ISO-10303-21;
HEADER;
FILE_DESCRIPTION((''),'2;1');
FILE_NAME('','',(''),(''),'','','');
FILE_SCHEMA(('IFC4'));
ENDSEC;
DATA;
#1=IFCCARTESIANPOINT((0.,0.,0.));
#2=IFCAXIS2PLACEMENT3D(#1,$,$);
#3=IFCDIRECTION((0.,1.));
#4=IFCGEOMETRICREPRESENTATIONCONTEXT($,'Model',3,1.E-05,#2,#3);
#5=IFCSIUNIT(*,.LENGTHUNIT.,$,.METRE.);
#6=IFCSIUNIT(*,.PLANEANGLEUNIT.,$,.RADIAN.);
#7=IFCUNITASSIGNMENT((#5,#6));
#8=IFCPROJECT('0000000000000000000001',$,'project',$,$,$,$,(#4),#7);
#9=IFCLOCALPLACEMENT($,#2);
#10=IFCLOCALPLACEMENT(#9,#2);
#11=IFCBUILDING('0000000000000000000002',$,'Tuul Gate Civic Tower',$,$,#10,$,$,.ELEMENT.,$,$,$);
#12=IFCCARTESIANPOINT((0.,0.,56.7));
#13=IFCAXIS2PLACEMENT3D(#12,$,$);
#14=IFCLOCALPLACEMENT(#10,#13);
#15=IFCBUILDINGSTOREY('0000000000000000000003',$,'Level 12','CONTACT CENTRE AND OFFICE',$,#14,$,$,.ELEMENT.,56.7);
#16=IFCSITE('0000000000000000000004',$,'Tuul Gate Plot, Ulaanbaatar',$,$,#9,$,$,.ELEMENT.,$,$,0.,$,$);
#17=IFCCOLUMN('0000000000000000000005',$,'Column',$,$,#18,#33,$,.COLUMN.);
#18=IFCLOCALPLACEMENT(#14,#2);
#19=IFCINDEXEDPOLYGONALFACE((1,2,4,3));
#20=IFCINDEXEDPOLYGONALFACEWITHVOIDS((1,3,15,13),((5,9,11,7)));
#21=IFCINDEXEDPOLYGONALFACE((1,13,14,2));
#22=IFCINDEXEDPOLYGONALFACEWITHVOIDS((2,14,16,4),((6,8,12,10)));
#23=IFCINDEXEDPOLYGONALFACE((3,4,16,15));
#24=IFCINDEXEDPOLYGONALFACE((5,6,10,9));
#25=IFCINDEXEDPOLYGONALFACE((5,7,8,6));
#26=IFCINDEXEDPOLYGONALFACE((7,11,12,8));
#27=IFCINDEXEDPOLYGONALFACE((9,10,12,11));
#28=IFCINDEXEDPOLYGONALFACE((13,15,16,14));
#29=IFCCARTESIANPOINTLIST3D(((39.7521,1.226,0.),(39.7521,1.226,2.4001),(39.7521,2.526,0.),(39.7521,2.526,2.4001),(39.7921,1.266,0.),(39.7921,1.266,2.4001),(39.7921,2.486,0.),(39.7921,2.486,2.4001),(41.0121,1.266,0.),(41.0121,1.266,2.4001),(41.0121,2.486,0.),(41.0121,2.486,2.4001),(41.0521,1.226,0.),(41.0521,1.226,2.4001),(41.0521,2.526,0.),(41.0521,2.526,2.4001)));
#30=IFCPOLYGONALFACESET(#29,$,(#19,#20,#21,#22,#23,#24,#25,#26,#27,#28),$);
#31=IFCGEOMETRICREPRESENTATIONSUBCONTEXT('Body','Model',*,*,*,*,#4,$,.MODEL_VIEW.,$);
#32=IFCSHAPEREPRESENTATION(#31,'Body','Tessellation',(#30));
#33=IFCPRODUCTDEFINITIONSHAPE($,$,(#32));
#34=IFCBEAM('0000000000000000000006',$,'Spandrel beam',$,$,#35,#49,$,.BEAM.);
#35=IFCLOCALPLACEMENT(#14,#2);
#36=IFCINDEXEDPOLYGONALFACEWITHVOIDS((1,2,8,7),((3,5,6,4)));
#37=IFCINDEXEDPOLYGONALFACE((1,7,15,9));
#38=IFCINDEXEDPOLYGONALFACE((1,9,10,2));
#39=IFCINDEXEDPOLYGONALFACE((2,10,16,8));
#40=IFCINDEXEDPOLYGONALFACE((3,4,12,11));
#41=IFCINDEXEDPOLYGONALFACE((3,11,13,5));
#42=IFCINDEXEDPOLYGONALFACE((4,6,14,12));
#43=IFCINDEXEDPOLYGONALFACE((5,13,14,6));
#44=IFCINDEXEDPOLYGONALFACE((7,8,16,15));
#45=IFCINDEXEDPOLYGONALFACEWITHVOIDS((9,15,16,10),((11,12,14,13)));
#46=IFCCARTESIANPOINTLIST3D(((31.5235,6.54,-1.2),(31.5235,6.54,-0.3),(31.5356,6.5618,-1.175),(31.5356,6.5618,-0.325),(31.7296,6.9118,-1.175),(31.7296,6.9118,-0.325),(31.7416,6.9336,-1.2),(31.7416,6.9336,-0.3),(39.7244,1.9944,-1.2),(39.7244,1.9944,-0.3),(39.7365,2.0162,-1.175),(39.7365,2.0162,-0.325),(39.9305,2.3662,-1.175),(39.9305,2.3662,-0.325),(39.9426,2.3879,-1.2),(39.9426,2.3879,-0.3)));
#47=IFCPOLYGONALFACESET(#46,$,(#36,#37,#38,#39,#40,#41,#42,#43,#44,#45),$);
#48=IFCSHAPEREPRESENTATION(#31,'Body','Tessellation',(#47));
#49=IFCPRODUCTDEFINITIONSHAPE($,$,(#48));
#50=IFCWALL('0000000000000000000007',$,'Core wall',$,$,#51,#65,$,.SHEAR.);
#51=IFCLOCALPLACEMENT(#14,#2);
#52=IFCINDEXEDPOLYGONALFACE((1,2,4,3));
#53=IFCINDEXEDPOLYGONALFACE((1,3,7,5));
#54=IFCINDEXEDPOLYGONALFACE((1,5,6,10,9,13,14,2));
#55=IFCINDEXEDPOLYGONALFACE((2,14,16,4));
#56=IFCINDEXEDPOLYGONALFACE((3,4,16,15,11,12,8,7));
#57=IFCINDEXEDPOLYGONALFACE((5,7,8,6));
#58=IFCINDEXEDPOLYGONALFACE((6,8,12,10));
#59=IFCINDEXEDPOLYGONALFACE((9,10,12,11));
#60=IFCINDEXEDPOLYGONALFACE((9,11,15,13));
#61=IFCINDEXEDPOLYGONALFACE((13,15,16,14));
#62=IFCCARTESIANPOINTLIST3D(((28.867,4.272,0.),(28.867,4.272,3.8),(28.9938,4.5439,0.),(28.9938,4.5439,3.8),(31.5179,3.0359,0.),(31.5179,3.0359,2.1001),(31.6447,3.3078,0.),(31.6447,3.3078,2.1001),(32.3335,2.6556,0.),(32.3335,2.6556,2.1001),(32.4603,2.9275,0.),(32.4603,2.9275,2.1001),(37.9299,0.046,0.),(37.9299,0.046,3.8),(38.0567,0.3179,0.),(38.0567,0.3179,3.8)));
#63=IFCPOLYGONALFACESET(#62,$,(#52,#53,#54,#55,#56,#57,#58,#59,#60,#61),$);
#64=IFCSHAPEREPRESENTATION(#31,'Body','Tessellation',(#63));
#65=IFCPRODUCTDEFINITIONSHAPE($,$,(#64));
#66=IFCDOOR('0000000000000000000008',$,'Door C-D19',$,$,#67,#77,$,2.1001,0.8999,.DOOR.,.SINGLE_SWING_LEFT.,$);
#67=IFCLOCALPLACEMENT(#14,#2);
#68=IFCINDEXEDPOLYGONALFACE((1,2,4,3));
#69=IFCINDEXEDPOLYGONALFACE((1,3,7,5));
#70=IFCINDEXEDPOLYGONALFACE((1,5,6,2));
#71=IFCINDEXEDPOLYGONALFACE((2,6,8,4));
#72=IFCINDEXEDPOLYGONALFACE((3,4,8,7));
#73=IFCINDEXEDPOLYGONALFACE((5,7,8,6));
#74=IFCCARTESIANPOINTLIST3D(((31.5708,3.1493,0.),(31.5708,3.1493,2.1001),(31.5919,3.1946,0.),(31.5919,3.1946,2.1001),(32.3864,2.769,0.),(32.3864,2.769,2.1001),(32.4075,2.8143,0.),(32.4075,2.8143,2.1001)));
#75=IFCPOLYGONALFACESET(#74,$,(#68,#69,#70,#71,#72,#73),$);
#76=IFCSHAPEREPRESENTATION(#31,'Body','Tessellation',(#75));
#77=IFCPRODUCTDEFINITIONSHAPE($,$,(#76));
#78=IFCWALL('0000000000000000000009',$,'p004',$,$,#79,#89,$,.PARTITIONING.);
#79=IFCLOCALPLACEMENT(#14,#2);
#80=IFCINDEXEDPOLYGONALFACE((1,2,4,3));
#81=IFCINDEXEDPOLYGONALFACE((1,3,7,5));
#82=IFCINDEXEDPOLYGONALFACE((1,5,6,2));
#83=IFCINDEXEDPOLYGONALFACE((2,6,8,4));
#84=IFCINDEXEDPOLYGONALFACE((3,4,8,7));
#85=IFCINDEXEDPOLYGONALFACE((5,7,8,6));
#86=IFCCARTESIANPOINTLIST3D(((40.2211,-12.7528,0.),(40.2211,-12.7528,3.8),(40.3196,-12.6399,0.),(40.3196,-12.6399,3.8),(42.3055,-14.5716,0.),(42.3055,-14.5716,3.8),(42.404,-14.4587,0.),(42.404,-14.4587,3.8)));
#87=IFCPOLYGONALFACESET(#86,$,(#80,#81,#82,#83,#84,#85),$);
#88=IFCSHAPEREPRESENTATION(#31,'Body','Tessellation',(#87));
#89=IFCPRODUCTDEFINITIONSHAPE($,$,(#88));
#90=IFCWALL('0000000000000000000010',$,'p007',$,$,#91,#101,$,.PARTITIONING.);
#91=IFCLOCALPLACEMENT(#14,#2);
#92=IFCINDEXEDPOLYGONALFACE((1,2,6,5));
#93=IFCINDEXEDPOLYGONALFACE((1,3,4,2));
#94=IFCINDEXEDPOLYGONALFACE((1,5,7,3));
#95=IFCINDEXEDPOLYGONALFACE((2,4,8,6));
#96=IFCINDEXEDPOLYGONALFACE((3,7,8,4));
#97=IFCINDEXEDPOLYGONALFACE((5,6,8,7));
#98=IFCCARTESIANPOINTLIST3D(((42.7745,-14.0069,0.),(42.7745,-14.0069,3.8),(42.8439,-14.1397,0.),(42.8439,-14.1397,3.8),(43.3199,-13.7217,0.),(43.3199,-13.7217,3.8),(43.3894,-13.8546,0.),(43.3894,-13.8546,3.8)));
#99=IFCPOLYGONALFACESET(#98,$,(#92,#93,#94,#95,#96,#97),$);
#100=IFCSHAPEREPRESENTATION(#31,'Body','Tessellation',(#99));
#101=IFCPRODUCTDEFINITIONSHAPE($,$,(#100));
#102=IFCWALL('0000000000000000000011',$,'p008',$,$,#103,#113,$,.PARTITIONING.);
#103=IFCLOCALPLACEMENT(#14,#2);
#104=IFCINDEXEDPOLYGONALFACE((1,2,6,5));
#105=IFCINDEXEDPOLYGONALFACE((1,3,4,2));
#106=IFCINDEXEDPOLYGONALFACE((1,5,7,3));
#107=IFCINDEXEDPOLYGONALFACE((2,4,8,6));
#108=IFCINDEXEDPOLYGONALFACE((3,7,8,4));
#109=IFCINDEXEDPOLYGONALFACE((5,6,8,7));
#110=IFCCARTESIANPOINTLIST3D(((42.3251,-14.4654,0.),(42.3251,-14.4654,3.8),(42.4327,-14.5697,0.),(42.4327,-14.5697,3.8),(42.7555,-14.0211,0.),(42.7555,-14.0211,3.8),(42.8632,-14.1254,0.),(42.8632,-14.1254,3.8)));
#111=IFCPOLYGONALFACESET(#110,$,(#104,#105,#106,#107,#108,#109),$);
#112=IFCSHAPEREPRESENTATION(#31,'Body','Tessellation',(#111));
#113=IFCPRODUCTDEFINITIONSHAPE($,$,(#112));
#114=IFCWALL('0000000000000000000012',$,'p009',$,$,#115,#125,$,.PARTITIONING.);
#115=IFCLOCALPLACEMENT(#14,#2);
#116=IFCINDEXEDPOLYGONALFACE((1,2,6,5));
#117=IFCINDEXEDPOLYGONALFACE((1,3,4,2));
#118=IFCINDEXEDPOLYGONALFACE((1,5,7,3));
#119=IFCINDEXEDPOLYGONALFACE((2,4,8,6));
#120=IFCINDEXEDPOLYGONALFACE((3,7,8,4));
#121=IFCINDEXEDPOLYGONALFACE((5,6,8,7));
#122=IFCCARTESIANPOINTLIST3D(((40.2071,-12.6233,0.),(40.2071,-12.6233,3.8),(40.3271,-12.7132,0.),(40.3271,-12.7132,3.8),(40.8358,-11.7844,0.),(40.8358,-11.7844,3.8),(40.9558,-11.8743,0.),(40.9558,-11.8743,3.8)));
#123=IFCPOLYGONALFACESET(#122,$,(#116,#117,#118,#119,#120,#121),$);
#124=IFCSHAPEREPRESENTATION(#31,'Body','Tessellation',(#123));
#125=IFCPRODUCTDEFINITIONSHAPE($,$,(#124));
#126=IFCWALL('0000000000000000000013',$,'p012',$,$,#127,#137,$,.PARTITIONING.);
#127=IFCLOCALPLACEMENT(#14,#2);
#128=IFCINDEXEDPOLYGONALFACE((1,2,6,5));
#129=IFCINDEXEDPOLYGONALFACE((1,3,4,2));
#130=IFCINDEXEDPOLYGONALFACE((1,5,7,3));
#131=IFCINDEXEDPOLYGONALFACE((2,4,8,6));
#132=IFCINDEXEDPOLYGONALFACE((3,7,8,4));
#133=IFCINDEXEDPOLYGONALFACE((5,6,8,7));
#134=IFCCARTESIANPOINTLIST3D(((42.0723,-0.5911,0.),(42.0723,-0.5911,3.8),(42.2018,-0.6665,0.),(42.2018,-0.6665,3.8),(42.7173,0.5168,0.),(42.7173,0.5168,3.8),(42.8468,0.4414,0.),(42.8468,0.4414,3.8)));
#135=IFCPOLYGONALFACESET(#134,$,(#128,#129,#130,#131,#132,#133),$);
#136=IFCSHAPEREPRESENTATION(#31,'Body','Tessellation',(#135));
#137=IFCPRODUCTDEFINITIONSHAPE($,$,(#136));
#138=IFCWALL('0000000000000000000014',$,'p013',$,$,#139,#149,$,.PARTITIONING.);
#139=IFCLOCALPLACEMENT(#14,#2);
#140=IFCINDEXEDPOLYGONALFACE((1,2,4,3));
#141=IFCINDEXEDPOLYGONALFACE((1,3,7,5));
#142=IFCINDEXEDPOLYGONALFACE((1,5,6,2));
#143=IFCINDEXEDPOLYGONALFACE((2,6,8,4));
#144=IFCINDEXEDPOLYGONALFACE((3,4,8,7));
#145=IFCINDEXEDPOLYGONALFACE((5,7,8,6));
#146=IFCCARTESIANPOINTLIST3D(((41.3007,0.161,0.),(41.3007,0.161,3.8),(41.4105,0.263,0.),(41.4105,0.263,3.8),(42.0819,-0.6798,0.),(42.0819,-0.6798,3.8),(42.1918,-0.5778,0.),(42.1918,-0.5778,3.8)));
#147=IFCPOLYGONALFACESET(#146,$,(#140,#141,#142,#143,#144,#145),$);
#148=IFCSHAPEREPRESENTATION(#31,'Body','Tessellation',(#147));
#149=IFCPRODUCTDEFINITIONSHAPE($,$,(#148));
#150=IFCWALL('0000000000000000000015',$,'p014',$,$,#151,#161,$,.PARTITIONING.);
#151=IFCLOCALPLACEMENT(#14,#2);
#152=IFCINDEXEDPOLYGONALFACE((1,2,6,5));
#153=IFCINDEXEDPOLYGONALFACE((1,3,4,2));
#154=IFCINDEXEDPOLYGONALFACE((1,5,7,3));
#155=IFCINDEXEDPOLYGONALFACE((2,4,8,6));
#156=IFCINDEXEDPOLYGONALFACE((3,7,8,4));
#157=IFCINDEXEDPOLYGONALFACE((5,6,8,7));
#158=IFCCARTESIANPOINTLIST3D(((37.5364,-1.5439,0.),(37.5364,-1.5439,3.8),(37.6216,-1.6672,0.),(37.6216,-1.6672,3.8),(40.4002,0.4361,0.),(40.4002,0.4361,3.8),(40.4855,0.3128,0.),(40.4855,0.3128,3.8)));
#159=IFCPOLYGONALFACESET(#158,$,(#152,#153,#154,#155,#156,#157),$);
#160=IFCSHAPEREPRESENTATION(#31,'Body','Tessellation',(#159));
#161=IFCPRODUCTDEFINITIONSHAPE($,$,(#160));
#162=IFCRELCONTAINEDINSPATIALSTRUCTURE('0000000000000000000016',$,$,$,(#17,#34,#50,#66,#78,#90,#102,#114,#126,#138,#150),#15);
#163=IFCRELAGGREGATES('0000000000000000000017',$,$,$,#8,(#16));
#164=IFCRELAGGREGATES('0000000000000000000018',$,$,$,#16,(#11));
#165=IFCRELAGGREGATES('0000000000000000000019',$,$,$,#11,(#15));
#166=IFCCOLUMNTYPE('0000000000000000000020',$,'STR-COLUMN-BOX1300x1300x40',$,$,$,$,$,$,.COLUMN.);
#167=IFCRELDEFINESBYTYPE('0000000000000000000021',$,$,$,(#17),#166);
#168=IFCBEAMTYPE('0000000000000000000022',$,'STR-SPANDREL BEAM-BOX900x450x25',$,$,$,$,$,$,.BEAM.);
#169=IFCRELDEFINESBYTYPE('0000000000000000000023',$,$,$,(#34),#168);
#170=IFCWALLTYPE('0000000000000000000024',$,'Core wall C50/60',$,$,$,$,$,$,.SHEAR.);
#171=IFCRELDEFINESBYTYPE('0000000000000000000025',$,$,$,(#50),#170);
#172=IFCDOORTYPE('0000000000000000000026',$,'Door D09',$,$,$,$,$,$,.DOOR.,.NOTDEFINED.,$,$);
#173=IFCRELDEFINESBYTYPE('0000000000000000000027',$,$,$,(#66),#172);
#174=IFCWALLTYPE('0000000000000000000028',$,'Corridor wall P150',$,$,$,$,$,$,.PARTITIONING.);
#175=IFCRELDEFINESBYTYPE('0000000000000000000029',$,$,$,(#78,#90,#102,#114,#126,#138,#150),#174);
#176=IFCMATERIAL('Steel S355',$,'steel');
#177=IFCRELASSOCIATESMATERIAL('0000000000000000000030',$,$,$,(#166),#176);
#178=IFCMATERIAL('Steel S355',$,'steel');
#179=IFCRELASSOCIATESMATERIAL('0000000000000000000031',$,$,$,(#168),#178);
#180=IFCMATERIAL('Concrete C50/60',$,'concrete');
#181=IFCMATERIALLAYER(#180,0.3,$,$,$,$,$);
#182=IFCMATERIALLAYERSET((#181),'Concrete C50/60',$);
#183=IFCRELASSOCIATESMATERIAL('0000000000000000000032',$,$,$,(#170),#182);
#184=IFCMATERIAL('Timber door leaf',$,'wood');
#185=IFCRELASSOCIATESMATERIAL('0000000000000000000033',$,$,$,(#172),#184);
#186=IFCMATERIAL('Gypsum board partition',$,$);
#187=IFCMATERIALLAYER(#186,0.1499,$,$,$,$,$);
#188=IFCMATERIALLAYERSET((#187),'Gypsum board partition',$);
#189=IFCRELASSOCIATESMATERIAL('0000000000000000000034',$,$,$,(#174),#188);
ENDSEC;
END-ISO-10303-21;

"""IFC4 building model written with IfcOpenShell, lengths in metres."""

from ifc_helpers import new_model, si_unit, direction, frame, frame_2d, origin, origin_2d, place, context, subcontext, project, spatial, rectangle, hollow_rectangle, extrude, material, layer, layer_set, material_profile, profile_set, type_object, element, fill, save


model = new_model("IFC4")

# Units and contexts
model_context = context("Model", 3, precision=1e-05, world=origin(), true_north=direction((0.0, 1.0)))
body_context = subcontext(model_context, "Body", "Model", "MODEL_VIEW")
ifc_project = project(units=[si_unit("LENGTHUNIT", "METRE"), si_unit("PLANEANGLEUNIT", "RADIAN")], contexts=[model_context])

# Site, building, storey
site_placement = place(None, origin())
site = spatial("IfcSite", under=ifc_project, at=site_placement, Name="Tuul Gate Plot, Ulaanbaatar", CompositionType="ELEMENT", RefElevation=0.0)
building_placement = place(site_placement, origin())
building = spatial("IfcBuilding", under=site, at=building_placement, Name="Tuul Gate Civic Tower", CompositionType="ELEMENT")
storey_placement = place(building_placement, frame((0.0, 0.0, 56.7)))
storey = spatial("IfcBuildingStorey", under=building, at=storey_placement, Name="Level 12", Description="CONTACT CENTRE AND OFFICE", CompositionType="ELEMENT", Elevation=56.7)

# Column
ifc_material_1 = material(Name="Steel S355", Category="steel")
ifc_material_profile_1 = material_profile(ifc_material_1, hollow_rectangle(XDim=1.3, YDim=1.3, WallThickness=0.04, at=origin_2d()), Name="BOX1300x1300x40")
ifc_profile_set_1 = profile_set([ifc_material_profile_1], Name="Steel S355")
column_type = type_object("IfcColumnType", Name="STR-COLUMN-BOX1300x1300x40", PredefinedType="COLUMN", material=ifc_profile_set_1)
column_placement = place(storey_placement, frame((40.4021, 1.876, 0.0), z_axis=(0.0, 0.0, 1.0), x_axis=(1.0, 0.0, 0.0)))
element("IfcColumn", 1, at=column_placement, inside=storey, type_object=column_type, Name="Column", PredefinedType="COLUMN", context=body_context, shape_type="SweptSolid", body=[
    extrude(hollow_rectangle(XDim=1.3, YDim=1.3, WallThickness=0.04, at=origin_2d()), origin(), (0.0, 0.0, 1.0), 2.4001),
])

# Beam
ifc_material_2 = material(Name="Steel S355", Category="steel")
ifc_material_profile_2 = material_profile(ifc_material_2, hollow_rectangle(XDim=0.45, YDim=0.8999, WallThickness=0.0249, at=origin_2d()), Name="BOX900x450x25")
ifc_profile_set_2 = profile_set([ifc_material_profile_2], Name="Steel S355")
beam_type = type_object("IfcBeamType", Name="STR-SPANDREL BEAM-BOX900x450x25", PredefinedType="BEAM", material=ifc_profile_set_2)
beam_placement = place(storey_placement, frame((39.8335, 2.1912, -0.75), z_axis=(-0.874628, 0.484794, 0.0), x_axis=(-0.484794, -0.874628, 0.0)))
element("IfcBeam", 2, at=beam_placement, inside=storey, type_object=beam_type, Name="Spandrel beam", PredefinedType="BEAM", context=body_context, shape_type="SweptSolid", body=[
    extrude(hollow_rectangle(XDim=0.45, YDim=0.8999, WallThickness=0.0249, at=origin_2d()), origin(), (0.0, 0.0, 1.0), 9.3765),
])

# Wall, opening, door
ifc_material_3 = material(Name="Concrete C50/60", Category="concrete")
ifc_layer_1 = layer(ifc_material_3, 0.3)
ifc_layer_set_1 = layer_set([ifc_layer_1], Name="Concrete C50/60")
wall_type_1 = type_object("IfcWallType", Name="Core wall C50/60", PredefinedType="SHEAR", material=ifc_layer_set_1)
wall_1_placement = place(storey_placement, frame((37.9934, 0.1819, 0.0), z_axis=(0.0, 0.0, 1.0), x_axis=(-0.90631, 0.422613, 0.0)))
wall_1 = element("IfcWall", 3, at=wall_1_placement, inside=storey, type_object=wall_type_1, Name="Core wall", PredefinedType="SHEAR", context=body_context, shape_type="SweptSolid", body=[
    extrude(rectangle(XDim=9.9998, YDim=0.3, at=frame_2d((5.0, 0.0))), origin(), (0.0, 0.0, 1.0), 3.8),
])
opening_1_placement = place(wall_1_placement, frame((6.175, 0.0, 0.0)))
opening_1 = element("IfcOpeningElement", 4, at=opening_1_placement, cuts=wall_1, PredefinedType="OPENING", context=body_context, shape_type="SweptSolid", body=[
    extrude(rectangle(XDim=0.8999, YDim=2.1001, at=frame_2d((0.45, 1.05))), frame((0.0, 0.1602, 0.0), z_axis=(0.0, -1.0, 0.0), x_axis=(1.0, 0.0, 0.0)), (0.0, 0.0, 1.0), 0.3201),
])
ifc_material_4 = material(Name="Timber door leaf", Category="wood")
door_type_1 = type_object("IfcDoorType", Name="Door D09", OperationType="NOTDEFINED", PredefinedType="DOOR", material=ifc_material_4)
door_1_placement = place(opening_1_placement, origin())
door_1 = element("IfcDoor", 5, at=door_1_placement, inside=storey, type_object=door_type_1, Name="Door C-D19", OperationType="SINGLE_SWING_LEFT", OverallHeight=2.1001, OverallWidth=0.8999, PredefinedType="DOOR", context=body_context, shape_type="SweptSolid", body=[
    extrude(rectangle(XDim=0.8999, YDim=2.1001, at=frame_2d((0.45, 1.05))), frame((0.0, 0.0249, 0.0), z_axis=(0.0, -1.0, 0.0), x_axis=(1.0, 0.0, 0.0)), (0.0, 0.0, 1.0), 0.05),
])
fill(opening_1, door_1)

# Walls
ifc_material_5 = material(Name="Gypsum board partition")
ifc_layer_2 = layer(ifc_material_5, 0.1499)
ifc_layer_set_2 = layer_set([ifc_layer_2], Name="Gypsum board partition")
wall_type_2 = type_object("IfcWallType", Name="Corridor wall P150", PredefinedType="PARTITIONING", material=ifc_layer_set_2)
wall_2_placement = place(storey_placement, frame((40.2703, -12.6963, 0.0), z_axis=(0.0, 0.0, 1.0), x_axis=(0.753483, -0.657467, 0.0)))
element("IfcWall", 6, at=wall_2_placement, inside=storey, type_object=wall_type_2, Name="p004", PredefinedType="PARTITIONING", context=body_context, shape_type="SweptSolid", body=[
    extrude(rectangle(XDim=2.7664, YDim=0.1499, at=frame_2d((1.3833, 0.0))), origin(), (0.0, 0.0, 1.0), 3.8),
])
wall_3_placement = place(storey_placement, frame((42.8093, -14.0732, 0.0), z_axis=(0.0, 0.0, 1.0), x_axis=(0.886188, 0.463325, 0.0)))
element("IfcWall", 7, at=wall_3_placement, inside=storey, type_object=wall_type_2, Name="p007", PredefinedType="PARTITIONING", context=body_context, shape_type="SweptSolid", body=[
    extrude(rectangle(XDim=0.6155, YDim=0.1499, at=frame_2d((0.3076, 0.0))), origin(), (0.0, 0.0, 1.0), 3.8),
])
wall_4_placement = place(storey_placement, frame((42.3789, -14.5176, 0.0), z_axis=(0.0, 0.0, 1.0), x_axis=(0.69577, 0.718265, 0.0)))
element("IfcWall", 8, at=wall_4_placement, inside=storey, type_object=wall_type_2, Name="p008", PredefinedType="PARTITIONING", context=body_context, shape_type="SweptSolid", body=[
    extrude(rectangle(XDim=0.6187, YDim=0.1499, at=frame_2d((0.3093, 0.0))), origin(), (0.0, 0.0, 1.0), 3.8),
])
wall_5_placement = place(storey_placement, frame((40.2671, -12.6682, 0.0), z_axis=(0.0, 0.0, 1.0), x_axis=(0.599702, 0.800224, 0.0)))
element("IfcWall", 9, at=wall_5_placement, inside=storey, type_object=wall_type_2, Name="p009", PredefinedType="PARTITIONING", context=body_context, shape_type="SweptSolid", body=[
    extrude(rectangle(XDim=1.0483, YDim=0.1499, at=frame_2d((0.5242, 0.0))), origin(), (0.0, 0.0, 1.0), 3.8),
])
wall_6_placement = place(storey_placement, frame((42.137, -0.6289, 0.0), z_axis=(0.0, 0.0, 1.0), x_axis=(0.503137, 0.864207, 0.0)))
element("IfcWall", 10, at=wall_6_placement, inside=storey, type_object=wall_type_2, Name="p012", PredefinedType="PARTITIONING", context=body_context, shape_type="SweptSolid", body=[
    extrude(rectangle(XDim=1.282, YDim=0.1499, at=frame_2d((0.6411, 0.0))), origin(), (0.0, 0.0, 1.0), 3.8),
])
wall_7_placement = place(storey_placement, frame((41.3557, 0.2119, 0.0), z_axis=(0.0, 0.0, 1.0), x_axis=(0.68068, -0.732581, 0.0)))
element("IfcWall", 11, at=wall_7_placement, inside=storey, type_object=wall_type_2, Name="p013", PredefinedType="PARTITIONING", context=body_context, shape_type="SweptSolid", body=[
    extrude(rectangle(XDim=1.1477, YDim=0.1499, at=frame_2d((0.5737, 0.0))), origin(), (0.0, 0.0, 1.0), 3.8),
])
wall_8_placement = place(storey_placement, frame((37.5791, -1.6055, 0.0), z_axis=(0.0, 0.0, 1.0), x_axis=(0.822545, 0.568699, 0.0)))
element("IfcWall", 12, at=wall_8_placement, inside=storey, type_object=wall_type_2, Name="p014", PredefinedType="PARTITIONING", context=body_context, shape_type="SweptSolid", body=[
    extrude(rectangle(XDim=3.4817, YDim=0.1499, at=frame_2d((1.7407, 0.0))), origin(), (0.0, 0.0, 1.0), 3.8),
])

save(model, "model.ifc")
